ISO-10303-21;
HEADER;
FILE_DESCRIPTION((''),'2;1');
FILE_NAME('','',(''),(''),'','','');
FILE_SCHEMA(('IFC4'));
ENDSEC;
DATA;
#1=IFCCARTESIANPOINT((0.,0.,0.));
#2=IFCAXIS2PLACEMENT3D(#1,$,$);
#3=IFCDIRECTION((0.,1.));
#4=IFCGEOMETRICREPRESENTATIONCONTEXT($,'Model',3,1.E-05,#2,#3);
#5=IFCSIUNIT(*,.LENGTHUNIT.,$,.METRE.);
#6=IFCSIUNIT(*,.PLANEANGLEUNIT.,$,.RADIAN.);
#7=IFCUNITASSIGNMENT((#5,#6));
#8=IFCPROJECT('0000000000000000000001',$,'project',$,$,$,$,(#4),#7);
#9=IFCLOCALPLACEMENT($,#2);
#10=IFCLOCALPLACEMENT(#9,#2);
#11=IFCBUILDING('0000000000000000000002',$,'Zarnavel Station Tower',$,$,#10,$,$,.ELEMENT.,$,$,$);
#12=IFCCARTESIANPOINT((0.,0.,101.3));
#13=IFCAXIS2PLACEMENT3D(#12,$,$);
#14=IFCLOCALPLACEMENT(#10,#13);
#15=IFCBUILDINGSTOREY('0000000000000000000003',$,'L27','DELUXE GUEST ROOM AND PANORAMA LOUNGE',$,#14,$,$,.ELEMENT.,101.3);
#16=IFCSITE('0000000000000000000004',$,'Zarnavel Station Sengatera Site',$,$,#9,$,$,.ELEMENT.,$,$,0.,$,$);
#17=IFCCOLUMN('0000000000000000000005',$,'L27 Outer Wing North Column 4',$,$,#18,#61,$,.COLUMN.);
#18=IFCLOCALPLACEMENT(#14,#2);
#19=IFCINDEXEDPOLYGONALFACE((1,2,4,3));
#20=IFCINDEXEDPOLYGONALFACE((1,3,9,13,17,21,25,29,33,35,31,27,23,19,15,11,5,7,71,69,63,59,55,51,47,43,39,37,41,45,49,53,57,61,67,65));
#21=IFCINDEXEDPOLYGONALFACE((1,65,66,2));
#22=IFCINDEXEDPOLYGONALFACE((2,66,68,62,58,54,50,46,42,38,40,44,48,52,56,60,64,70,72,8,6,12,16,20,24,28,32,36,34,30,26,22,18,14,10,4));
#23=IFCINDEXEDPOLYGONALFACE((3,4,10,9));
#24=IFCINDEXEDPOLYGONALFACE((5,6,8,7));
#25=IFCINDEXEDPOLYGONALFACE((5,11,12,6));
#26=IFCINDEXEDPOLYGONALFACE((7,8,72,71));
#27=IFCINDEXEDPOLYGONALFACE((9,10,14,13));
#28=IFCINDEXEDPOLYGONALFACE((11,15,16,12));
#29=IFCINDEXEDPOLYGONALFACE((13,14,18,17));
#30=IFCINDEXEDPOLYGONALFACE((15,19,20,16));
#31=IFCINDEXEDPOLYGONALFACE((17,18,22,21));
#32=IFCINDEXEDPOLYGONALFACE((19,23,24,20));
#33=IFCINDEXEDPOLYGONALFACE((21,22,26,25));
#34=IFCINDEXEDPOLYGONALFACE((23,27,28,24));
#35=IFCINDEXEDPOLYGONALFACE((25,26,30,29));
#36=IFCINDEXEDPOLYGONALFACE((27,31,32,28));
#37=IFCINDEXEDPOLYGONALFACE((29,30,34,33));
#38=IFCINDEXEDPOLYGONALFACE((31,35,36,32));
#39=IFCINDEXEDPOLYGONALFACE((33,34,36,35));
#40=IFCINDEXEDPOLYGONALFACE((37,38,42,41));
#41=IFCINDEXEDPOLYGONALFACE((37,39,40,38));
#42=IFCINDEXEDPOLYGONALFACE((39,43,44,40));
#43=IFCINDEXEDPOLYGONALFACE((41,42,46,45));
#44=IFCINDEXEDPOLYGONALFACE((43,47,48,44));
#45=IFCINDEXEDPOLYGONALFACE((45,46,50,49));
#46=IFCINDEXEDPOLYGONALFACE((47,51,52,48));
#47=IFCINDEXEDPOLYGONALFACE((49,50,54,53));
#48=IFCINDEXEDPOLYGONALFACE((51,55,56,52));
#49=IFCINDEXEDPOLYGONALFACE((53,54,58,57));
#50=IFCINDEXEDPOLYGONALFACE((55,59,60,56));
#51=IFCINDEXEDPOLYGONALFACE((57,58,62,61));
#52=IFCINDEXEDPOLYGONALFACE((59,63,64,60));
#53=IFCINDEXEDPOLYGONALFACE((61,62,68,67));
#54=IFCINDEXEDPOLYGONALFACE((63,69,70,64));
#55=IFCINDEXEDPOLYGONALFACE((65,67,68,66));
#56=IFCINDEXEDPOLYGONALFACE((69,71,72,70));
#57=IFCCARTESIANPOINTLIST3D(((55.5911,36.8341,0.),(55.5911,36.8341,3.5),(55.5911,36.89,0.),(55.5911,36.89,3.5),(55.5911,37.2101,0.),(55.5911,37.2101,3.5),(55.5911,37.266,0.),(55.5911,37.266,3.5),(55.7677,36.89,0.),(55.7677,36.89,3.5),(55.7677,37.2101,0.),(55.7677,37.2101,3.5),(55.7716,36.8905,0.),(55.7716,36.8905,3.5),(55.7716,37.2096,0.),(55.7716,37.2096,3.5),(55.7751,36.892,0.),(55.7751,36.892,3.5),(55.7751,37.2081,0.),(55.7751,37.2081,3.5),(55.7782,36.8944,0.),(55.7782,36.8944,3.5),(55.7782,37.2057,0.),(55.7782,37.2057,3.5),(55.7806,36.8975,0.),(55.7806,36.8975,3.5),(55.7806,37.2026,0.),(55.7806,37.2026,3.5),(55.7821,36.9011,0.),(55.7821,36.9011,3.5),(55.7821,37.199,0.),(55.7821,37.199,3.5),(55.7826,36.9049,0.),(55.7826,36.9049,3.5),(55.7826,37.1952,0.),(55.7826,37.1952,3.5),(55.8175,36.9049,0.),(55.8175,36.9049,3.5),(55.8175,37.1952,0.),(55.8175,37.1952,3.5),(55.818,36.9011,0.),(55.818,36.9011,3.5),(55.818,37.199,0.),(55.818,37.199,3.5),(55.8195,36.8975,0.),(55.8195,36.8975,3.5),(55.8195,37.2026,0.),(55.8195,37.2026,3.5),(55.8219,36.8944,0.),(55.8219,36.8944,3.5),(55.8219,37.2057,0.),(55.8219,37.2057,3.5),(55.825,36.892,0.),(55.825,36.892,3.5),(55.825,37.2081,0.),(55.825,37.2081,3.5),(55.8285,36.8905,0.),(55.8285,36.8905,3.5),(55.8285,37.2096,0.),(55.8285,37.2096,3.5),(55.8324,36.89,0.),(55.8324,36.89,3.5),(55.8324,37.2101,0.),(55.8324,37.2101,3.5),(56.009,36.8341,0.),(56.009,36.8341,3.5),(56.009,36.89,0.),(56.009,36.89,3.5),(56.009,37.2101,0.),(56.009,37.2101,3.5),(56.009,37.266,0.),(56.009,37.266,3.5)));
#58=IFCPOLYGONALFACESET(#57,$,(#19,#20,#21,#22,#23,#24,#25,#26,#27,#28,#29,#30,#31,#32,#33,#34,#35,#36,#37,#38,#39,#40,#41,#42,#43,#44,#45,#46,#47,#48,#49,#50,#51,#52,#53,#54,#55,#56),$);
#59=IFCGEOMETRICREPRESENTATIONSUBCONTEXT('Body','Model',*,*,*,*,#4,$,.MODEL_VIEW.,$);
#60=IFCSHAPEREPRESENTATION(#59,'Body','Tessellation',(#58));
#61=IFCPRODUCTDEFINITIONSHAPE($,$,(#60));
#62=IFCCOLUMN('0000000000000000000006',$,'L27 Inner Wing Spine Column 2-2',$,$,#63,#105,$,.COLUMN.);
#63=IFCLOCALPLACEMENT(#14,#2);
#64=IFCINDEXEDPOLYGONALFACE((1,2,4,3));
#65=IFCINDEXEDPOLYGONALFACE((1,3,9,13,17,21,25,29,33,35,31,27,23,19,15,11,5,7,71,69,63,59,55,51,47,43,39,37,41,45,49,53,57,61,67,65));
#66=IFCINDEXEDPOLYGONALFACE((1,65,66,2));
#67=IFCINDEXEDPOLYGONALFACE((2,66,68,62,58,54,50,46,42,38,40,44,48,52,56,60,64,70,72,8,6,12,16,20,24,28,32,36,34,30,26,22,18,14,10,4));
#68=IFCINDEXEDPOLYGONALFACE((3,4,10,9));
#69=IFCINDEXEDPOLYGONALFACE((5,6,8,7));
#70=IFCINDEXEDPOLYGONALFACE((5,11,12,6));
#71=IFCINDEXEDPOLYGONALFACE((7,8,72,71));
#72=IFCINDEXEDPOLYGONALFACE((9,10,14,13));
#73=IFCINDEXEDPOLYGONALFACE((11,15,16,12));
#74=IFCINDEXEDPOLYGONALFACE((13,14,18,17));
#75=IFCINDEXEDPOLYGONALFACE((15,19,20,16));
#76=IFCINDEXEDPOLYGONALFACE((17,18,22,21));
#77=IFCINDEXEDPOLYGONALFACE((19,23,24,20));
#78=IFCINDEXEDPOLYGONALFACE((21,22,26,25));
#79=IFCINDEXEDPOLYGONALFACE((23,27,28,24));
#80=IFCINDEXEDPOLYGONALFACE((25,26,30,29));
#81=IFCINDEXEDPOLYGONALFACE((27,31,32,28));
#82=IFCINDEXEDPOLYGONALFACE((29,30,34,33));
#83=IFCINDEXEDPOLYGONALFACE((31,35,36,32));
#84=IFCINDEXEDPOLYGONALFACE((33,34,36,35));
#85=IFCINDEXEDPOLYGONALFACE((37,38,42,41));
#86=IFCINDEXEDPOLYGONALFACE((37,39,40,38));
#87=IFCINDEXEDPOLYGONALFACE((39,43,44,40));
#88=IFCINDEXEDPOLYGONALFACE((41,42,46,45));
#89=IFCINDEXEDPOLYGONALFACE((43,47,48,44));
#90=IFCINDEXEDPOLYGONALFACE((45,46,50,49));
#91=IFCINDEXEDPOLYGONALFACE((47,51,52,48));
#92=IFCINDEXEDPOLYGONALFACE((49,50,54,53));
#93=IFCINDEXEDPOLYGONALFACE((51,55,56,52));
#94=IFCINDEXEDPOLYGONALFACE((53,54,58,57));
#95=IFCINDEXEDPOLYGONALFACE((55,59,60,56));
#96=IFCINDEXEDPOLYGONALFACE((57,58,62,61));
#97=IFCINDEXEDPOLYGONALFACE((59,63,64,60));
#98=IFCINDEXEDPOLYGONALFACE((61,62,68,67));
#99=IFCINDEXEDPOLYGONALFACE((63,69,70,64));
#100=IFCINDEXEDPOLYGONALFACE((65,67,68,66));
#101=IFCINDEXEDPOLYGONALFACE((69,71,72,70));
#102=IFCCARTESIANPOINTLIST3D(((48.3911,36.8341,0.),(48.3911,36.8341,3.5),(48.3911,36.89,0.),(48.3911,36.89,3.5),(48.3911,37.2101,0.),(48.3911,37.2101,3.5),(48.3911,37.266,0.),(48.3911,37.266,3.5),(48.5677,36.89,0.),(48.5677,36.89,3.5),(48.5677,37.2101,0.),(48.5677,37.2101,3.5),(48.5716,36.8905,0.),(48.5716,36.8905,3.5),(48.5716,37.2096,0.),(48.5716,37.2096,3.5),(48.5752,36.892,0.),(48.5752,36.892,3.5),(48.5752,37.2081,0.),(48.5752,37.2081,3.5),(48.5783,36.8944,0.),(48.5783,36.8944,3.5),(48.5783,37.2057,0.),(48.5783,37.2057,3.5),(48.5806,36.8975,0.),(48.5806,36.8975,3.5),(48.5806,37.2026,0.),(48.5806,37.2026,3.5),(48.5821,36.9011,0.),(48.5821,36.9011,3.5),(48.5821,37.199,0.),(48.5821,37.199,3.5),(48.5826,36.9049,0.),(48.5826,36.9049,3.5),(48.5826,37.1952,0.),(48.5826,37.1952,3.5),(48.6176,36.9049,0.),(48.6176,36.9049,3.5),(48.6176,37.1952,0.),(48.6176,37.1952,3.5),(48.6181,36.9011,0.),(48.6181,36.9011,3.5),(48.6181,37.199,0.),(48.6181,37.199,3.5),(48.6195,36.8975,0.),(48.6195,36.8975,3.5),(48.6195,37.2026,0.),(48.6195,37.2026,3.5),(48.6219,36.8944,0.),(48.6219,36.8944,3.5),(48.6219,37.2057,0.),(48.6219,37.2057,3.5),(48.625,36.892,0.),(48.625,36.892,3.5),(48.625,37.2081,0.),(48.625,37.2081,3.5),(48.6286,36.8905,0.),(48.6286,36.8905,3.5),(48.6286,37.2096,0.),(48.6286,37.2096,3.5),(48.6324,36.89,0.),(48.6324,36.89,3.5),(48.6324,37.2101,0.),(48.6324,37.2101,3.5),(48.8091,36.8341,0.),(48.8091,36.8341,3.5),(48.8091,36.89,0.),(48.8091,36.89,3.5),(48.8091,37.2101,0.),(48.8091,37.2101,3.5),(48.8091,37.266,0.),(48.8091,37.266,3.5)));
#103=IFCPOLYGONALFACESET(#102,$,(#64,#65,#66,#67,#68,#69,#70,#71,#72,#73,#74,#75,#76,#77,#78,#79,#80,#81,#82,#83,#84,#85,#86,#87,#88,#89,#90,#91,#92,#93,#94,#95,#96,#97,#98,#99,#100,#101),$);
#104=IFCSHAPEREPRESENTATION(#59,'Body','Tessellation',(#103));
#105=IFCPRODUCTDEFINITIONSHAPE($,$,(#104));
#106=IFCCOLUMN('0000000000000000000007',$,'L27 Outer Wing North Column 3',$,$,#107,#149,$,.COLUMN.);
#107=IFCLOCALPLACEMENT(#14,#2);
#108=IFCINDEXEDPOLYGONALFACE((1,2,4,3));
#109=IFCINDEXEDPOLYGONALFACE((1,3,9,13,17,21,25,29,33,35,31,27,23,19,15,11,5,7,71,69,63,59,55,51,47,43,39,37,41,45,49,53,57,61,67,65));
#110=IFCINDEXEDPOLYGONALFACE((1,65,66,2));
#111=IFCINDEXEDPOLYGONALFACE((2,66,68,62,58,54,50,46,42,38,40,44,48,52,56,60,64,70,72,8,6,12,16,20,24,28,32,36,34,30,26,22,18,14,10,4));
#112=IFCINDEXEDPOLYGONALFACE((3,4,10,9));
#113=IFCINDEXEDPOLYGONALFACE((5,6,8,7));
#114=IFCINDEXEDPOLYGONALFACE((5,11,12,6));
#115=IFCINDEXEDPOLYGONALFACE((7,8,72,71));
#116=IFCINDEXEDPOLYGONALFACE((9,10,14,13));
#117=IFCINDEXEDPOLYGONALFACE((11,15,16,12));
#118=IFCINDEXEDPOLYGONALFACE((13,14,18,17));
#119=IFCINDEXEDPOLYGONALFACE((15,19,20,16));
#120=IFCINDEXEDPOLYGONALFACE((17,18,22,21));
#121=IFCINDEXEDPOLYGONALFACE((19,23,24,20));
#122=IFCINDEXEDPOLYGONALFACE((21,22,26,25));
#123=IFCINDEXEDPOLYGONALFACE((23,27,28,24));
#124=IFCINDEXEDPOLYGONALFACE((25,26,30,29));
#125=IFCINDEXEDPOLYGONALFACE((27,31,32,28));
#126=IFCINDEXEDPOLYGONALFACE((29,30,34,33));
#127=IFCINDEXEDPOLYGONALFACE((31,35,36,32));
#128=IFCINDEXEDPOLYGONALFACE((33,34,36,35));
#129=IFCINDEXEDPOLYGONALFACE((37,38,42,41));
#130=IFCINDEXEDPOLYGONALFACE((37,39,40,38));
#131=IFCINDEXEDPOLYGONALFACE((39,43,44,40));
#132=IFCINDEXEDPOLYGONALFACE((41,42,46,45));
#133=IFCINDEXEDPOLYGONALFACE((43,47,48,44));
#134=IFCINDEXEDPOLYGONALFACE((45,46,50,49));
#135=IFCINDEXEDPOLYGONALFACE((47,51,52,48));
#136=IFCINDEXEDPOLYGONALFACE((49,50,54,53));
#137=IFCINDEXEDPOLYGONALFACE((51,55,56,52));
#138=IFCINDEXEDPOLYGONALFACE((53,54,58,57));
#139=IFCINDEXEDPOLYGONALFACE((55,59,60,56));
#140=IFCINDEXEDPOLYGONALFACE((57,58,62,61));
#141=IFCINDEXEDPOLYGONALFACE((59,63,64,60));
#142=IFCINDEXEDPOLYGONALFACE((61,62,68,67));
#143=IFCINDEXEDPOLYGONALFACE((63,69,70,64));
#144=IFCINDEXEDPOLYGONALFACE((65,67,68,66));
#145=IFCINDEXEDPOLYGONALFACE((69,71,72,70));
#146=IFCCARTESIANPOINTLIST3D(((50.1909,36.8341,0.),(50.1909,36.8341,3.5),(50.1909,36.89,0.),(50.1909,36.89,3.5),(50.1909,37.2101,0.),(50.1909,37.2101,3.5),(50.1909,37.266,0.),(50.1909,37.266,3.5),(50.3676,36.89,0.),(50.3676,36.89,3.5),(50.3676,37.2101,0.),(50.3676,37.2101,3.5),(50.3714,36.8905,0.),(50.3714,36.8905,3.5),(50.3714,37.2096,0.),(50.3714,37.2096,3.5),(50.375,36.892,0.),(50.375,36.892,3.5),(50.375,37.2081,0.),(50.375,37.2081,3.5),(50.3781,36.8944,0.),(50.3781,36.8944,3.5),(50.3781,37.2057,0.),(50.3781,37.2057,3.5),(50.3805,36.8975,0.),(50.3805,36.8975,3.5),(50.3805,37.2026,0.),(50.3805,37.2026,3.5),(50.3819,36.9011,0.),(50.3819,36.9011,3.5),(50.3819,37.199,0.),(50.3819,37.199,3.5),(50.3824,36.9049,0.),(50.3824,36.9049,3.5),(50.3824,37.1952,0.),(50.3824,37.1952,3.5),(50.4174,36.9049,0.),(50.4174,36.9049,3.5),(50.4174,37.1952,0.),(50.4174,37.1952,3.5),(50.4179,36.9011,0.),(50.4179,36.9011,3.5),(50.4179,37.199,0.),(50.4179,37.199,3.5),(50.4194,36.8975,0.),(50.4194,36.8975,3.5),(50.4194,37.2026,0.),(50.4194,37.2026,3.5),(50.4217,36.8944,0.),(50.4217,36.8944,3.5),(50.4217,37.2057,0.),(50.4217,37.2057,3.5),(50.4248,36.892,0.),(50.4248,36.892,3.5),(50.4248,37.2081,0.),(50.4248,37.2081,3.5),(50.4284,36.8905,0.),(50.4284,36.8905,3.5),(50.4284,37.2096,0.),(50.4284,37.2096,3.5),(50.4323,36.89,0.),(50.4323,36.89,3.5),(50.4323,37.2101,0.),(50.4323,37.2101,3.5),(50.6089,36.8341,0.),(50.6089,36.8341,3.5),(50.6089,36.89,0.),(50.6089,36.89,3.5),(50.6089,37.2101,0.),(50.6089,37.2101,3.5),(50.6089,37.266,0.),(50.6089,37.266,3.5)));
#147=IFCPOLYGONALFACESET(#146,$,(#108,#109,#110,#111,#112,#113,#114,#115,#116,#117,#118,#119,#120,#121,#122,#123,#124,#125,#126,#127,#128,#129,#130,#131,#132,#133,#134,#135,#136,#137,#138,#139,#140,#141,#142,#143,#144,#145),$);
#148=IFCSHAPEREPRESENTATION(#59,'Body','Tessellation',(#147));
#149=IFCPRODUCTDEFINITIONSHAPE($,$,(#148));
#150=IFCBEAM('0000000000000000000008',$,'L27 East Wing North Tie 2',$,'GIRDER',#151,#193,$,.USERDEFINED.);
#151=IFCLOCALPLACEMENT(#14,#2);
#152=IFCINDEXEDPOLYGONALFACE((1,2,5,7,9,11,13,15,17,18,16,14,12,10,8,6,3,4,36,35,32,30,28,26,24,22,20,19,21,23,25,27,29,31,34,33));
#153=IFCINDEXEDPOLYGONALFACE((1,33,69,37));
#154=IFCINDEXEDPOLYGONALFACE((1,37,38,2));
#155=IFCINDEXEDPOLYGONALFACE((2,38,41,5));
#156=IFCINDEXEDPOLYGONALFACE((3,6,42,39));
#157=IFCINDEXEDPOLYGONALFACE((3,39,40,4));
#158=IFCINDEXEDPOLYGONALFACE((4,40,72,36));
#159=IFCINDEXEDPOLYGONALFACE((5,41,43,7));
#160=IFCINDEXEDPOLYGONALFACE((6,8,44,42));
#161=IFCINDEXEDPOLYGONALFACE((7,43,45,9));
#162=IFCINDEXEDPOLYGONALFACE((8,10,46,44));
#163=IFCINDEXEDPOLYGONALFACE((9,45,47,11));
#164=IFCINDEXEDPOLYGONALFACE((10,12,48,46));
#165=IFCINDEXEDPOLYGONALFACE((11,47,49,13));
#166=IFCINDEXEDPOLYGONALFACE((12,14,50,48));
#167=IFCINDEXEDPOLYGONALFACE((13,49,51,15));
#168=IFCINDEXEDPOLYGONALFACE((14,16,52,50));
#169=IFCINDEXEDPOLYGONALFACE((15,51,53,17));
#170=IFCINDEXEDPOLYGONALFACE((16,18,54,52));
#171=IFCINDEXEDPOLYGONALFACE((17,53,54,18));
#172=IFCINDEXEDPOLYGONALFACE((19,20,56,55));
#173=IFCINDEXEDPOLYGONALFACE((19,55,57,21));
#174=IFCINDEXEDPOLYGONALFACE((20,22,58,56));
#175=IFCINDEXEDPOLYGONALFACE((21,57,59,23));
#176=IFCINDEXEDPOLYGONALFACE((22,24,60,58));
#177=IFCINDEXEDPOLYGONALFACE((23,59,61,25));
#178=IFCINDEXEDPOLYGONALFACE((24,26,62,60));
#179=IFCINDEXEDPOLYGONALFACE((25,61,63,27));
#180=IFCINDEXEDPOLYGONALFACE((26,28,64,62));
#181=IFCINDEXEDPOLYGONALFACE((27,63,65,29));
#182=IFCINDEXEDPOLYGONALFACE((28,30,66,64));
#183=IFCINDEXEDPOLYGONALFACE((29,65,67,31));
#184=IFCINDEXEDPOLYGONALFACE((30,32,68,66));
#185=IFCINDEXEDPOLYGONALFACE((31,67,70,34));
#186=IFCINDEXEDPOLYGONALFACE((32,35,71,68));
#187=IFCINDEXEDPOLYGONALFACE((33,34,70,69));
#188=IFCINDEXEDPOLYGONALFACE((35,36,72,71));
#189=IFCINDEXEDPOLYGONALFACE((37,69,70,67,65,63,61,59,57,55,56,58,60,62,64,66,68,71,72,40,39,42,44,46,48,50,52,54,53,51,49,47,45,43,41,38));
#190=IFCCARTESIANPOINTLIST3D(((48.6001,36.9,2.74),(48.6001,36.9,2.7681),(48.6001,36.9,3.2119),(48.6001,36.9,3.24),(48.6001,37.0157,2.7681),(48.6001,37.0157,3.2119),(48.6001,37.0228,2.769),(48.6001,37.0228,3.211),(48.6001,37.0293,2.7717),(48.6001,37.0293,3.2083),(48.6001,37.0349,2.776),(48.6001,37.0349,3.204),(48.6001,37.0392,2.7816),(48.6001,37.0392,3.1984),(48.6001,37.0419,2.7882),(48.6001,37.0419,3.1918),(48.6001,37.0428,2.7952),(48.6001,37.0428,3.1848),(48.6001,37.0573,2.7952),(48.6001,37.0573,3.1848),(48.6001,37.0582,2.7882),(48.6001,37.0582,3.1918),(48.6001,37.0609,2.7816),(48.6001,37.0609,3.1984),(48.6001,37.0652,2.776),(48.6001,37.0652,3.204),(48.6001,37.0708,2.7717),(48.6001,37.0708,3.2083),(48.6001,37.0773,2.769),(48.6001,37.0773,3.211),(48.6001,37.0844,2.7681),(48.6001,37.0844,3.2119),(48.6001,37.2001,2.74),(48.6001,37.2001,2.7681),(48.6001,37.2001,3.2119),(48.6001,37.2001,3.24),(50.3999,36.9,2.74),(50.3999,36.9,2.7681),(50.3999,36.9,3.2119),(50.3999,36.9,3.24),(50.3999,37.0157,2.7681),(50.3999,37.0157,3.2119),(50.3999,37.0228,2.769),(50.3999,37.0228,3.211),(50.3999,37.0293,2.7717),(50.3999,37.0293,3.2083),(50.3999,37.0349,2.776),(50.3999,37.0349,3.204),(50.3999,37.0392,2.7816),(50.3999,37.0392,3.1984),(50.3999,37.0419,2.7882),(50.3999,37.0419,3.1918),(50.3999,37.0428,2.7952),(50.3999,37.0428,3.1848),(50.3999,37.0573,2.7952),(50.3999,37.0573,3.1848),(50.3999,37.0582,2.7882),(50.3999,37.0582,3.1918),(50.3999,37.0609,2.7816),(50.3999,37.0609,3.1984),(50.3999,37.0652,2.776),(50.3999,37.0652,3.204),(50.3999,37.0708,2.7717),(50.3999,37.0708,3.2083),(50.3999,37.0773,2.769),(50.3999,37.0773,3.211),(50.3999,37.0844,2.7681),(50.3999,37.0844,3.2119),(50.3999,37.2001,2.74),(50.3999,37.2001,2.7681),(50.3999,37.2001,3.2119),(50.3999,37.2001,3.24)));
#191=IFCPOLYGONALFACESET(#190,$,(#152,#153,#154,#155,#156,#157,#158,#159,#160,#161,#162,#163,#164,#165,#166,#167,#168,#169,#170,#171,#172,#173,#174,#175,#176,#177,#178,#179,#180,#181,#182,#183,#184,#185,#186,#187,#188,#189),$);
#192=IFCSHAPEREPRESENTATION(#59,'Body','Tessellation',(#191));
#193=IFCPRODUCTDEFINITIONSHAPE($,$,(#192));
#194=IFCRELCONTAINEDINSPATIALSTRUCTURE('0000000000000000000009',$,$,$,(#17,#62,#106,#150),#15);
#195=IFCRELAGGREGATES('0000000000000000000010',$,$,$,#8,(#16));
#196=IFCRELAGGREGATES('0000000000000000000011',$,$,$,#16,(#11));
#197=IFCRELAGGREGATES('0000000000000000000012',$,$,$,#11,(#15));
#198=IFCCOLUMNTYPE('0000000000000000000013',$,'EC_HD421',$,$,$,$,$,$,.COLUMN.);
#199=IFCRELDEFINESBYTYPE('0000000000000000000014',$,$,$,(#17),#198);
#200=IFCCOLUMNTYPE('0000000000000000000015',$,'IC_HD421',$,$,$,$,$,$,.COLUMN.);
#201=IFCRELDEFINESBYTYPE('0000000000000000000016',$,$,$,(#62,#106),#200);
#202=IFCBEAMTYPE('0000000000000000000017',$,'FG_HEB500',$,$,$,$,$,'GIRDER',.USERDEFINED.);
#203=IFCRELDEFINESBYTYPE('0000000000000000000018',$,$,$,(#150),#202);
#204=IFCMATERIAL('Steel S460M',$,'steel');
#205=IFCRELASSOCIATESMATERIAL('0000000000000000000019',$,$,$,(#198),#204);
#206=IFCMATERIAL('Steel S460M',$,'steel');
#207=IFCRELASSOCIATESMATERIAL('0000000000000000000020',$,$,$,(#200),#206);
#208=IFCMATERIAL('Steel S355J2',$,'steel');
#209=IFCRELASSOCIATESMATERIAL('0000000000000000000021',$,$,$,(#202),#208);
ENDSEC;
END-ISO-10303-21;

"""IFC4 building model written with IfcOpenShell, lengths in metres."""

from ifc_helpers import new_model, si_unit, direction, frame, origin, origin_2d, place, context, subcontext, project, spatial, i_section, extrude, material, material_profile, profile_set, type_object, element, save


model = new_model("IFC4")

# Units and contexts
model_context = context("Model", 3, precision=1e-05, world=origin(), true_north=direction((0.0, 1.0)))
body_context = subcontext(model_context, "Body", "Model", "MODEL_VIEW")
ifc_project = project(units=[si_unit("LENGTHUNIT", "METRE"), si_unit("PLANEANGLEUNIT", "RADIAN")], contexts=[model_context])

# Site, building, storey
site_placement = place(None, origin())
site = spatial("IfcSite", under=ifc_project, at=site_placement, Name="Zarnavel Station Sengatera Site", CompositionType="ELEMENT", RefElevation=0.0)
building_placement = place(site_placement, origin())
building = spatial("IfcBuilding", under=site, at=building_placement, Name="Zarnavel Station Tower", CompositionType="ELEMENT")
storey_placement = place(building_placement, frame((0.0, 0.0, 101.3)))
storey = spatial("IfcBuildingStorey", under=building, at=storey_placement, Name="L27", Description="DELUXE GUEST ROOM AND PANORAMA LOUNGE", CompositionType="ELEMENT", Elevation=101.3)

# Columns
ifc_material_1 = material(Name="Steel S460M", Category="steel")
ifc_material_profile_1 = material_profile(ifc_material_1, i_section(OverallWidth=0.418, OverallDepth=0.4319, WebThickness=0.0349, FlangeThickness=0.0559, FilletRadius=0.0149, at=origin_2d()), Name="HD400x421")
ifc_profile_set_1 = profile_set([ifc_material_profile_1], Name="Steel S460M")
column_type_1 = type_object("IfcColumnType", Name="EC_HD421", PredefinedType="COLUMN", material=ifc_profile_set_1)
column_placement = place(storey_placement, frame((55.8, 37.05, 0.0), z_axis=(0.0, 0.0, 1.0), x_axis=(1.0, 0.0, 0.0)))
element("IfcColumn", 1, at=column_placement, inside=storey, type_object=column_type_1, Name="L27 Outer Wing North Column 4", PredefinedType="COLUMN", context=body_context, shape_type="SweptSolid", body=[
    extrude(i_section(OverallWidth=0.418, OverallDepth=0.4319, WebThickness=0.0349, FlangeThickness=0.0559, FilletRadius=0.0149, at=origin_2d()), origin(), (0.0, 0.0, 1.0), 3.5),
])
ifc_material_2 = material(Name="Steel S460M", Category="steel")
ifc_material_profile_2 = material_profile(ifc_material_2, i_section(OverallWidth=0.418, OverallDepth=0.4319, WebThickness=0.0349, FlangeThickness=0.0559, FilletRadius=0.0149, at=origin_2d()), Name="HD400x421")
ifc_profile_set_2 = profile_set([ifc_material_profile_2], Name="Steel S460M")
column_type_2 = type_object("IfcColumnType", Name="IC_HD421", PredefinedType="COLUMN", material=ifc_profile_set_2)
for number, where, z_axis, x_axis, name in (
    (2, (48.6001, 37.05, 0.0), (0.0, 0.0, 1.0), (1.0, 0.0, 0.0), "L27 Inner Wing Spine Column 2-2"),
    (3, (50.3999, 37.05, 0.0), (0.0, 0.0, 1.0), (1.0, 0.0, 0.0), "L27 Outer Wing North Column 3"),
):
    element("IfcColumn", number, at=place(storey_placement, frame(where, z_axis=z_axis, x_axis=x_axis)), inside=storey, type_object=column_type_2, Name=name, PredefinedType="COLUMN", context=body_context, shape_type="SweptSolid", body=[
        extrude(i_section(OverallWidth=0.418, OverallDepth=0.4319, WebThickness=0.0349, FlangeThickness=0.0559, FilletRadius=0.0149, at=origin_2d()), origin(), (0.0, 0.0, 1.0), 3.5),
    ])

# Beam
ifc_material_3 = material(Name="Steel S355J2", Category="steel")
ifc_material_profile_3 = material_profile(ifc_material_3, i_section(OverallWidth=0.3, OverallDepth=0.5, WebThickness=0.0144, FlangeThickness=0.0281, FilletRadius=0.0271, at=origin_2d()), Name="HEB500")
ifc_profile_set_3 = profile_set([ifc_material_profile_3], Name="Steel S355J2")
beam_type = type_object("IfcBeamType", Name="FG_HEB500", ElementType="GIRDER", PredefinedType="USERDEFINED", material=ifc_profile_set_3)
beam_1_placement = place(storey_placement, frame((48.6001, 37.05, 2.99), z_axis=(1.0, 0.0, 0.0), x_axis=(0.0, 1.0, 0.0)))
element("IfcBeam", 4, at=beam_1_placement, inside=storey, type_object=beam_type, Name="L27 East Wing North Tie 2", ObjectType="GIRDER", PredefinedType="USERDEFINED", context=body_context, shape_type="SweptSolid", body=[
    extrude(i_section(OverallWidth=0.3, OverallDepth=0.5, WebThickness=0.0144, FlangeThickness=0.0281, FilletRadius=0.0271, at=origin_2d()), origin(), (0.0, 0.0, 1.0), 1.7998),
])

save(model, "model.ifc")
